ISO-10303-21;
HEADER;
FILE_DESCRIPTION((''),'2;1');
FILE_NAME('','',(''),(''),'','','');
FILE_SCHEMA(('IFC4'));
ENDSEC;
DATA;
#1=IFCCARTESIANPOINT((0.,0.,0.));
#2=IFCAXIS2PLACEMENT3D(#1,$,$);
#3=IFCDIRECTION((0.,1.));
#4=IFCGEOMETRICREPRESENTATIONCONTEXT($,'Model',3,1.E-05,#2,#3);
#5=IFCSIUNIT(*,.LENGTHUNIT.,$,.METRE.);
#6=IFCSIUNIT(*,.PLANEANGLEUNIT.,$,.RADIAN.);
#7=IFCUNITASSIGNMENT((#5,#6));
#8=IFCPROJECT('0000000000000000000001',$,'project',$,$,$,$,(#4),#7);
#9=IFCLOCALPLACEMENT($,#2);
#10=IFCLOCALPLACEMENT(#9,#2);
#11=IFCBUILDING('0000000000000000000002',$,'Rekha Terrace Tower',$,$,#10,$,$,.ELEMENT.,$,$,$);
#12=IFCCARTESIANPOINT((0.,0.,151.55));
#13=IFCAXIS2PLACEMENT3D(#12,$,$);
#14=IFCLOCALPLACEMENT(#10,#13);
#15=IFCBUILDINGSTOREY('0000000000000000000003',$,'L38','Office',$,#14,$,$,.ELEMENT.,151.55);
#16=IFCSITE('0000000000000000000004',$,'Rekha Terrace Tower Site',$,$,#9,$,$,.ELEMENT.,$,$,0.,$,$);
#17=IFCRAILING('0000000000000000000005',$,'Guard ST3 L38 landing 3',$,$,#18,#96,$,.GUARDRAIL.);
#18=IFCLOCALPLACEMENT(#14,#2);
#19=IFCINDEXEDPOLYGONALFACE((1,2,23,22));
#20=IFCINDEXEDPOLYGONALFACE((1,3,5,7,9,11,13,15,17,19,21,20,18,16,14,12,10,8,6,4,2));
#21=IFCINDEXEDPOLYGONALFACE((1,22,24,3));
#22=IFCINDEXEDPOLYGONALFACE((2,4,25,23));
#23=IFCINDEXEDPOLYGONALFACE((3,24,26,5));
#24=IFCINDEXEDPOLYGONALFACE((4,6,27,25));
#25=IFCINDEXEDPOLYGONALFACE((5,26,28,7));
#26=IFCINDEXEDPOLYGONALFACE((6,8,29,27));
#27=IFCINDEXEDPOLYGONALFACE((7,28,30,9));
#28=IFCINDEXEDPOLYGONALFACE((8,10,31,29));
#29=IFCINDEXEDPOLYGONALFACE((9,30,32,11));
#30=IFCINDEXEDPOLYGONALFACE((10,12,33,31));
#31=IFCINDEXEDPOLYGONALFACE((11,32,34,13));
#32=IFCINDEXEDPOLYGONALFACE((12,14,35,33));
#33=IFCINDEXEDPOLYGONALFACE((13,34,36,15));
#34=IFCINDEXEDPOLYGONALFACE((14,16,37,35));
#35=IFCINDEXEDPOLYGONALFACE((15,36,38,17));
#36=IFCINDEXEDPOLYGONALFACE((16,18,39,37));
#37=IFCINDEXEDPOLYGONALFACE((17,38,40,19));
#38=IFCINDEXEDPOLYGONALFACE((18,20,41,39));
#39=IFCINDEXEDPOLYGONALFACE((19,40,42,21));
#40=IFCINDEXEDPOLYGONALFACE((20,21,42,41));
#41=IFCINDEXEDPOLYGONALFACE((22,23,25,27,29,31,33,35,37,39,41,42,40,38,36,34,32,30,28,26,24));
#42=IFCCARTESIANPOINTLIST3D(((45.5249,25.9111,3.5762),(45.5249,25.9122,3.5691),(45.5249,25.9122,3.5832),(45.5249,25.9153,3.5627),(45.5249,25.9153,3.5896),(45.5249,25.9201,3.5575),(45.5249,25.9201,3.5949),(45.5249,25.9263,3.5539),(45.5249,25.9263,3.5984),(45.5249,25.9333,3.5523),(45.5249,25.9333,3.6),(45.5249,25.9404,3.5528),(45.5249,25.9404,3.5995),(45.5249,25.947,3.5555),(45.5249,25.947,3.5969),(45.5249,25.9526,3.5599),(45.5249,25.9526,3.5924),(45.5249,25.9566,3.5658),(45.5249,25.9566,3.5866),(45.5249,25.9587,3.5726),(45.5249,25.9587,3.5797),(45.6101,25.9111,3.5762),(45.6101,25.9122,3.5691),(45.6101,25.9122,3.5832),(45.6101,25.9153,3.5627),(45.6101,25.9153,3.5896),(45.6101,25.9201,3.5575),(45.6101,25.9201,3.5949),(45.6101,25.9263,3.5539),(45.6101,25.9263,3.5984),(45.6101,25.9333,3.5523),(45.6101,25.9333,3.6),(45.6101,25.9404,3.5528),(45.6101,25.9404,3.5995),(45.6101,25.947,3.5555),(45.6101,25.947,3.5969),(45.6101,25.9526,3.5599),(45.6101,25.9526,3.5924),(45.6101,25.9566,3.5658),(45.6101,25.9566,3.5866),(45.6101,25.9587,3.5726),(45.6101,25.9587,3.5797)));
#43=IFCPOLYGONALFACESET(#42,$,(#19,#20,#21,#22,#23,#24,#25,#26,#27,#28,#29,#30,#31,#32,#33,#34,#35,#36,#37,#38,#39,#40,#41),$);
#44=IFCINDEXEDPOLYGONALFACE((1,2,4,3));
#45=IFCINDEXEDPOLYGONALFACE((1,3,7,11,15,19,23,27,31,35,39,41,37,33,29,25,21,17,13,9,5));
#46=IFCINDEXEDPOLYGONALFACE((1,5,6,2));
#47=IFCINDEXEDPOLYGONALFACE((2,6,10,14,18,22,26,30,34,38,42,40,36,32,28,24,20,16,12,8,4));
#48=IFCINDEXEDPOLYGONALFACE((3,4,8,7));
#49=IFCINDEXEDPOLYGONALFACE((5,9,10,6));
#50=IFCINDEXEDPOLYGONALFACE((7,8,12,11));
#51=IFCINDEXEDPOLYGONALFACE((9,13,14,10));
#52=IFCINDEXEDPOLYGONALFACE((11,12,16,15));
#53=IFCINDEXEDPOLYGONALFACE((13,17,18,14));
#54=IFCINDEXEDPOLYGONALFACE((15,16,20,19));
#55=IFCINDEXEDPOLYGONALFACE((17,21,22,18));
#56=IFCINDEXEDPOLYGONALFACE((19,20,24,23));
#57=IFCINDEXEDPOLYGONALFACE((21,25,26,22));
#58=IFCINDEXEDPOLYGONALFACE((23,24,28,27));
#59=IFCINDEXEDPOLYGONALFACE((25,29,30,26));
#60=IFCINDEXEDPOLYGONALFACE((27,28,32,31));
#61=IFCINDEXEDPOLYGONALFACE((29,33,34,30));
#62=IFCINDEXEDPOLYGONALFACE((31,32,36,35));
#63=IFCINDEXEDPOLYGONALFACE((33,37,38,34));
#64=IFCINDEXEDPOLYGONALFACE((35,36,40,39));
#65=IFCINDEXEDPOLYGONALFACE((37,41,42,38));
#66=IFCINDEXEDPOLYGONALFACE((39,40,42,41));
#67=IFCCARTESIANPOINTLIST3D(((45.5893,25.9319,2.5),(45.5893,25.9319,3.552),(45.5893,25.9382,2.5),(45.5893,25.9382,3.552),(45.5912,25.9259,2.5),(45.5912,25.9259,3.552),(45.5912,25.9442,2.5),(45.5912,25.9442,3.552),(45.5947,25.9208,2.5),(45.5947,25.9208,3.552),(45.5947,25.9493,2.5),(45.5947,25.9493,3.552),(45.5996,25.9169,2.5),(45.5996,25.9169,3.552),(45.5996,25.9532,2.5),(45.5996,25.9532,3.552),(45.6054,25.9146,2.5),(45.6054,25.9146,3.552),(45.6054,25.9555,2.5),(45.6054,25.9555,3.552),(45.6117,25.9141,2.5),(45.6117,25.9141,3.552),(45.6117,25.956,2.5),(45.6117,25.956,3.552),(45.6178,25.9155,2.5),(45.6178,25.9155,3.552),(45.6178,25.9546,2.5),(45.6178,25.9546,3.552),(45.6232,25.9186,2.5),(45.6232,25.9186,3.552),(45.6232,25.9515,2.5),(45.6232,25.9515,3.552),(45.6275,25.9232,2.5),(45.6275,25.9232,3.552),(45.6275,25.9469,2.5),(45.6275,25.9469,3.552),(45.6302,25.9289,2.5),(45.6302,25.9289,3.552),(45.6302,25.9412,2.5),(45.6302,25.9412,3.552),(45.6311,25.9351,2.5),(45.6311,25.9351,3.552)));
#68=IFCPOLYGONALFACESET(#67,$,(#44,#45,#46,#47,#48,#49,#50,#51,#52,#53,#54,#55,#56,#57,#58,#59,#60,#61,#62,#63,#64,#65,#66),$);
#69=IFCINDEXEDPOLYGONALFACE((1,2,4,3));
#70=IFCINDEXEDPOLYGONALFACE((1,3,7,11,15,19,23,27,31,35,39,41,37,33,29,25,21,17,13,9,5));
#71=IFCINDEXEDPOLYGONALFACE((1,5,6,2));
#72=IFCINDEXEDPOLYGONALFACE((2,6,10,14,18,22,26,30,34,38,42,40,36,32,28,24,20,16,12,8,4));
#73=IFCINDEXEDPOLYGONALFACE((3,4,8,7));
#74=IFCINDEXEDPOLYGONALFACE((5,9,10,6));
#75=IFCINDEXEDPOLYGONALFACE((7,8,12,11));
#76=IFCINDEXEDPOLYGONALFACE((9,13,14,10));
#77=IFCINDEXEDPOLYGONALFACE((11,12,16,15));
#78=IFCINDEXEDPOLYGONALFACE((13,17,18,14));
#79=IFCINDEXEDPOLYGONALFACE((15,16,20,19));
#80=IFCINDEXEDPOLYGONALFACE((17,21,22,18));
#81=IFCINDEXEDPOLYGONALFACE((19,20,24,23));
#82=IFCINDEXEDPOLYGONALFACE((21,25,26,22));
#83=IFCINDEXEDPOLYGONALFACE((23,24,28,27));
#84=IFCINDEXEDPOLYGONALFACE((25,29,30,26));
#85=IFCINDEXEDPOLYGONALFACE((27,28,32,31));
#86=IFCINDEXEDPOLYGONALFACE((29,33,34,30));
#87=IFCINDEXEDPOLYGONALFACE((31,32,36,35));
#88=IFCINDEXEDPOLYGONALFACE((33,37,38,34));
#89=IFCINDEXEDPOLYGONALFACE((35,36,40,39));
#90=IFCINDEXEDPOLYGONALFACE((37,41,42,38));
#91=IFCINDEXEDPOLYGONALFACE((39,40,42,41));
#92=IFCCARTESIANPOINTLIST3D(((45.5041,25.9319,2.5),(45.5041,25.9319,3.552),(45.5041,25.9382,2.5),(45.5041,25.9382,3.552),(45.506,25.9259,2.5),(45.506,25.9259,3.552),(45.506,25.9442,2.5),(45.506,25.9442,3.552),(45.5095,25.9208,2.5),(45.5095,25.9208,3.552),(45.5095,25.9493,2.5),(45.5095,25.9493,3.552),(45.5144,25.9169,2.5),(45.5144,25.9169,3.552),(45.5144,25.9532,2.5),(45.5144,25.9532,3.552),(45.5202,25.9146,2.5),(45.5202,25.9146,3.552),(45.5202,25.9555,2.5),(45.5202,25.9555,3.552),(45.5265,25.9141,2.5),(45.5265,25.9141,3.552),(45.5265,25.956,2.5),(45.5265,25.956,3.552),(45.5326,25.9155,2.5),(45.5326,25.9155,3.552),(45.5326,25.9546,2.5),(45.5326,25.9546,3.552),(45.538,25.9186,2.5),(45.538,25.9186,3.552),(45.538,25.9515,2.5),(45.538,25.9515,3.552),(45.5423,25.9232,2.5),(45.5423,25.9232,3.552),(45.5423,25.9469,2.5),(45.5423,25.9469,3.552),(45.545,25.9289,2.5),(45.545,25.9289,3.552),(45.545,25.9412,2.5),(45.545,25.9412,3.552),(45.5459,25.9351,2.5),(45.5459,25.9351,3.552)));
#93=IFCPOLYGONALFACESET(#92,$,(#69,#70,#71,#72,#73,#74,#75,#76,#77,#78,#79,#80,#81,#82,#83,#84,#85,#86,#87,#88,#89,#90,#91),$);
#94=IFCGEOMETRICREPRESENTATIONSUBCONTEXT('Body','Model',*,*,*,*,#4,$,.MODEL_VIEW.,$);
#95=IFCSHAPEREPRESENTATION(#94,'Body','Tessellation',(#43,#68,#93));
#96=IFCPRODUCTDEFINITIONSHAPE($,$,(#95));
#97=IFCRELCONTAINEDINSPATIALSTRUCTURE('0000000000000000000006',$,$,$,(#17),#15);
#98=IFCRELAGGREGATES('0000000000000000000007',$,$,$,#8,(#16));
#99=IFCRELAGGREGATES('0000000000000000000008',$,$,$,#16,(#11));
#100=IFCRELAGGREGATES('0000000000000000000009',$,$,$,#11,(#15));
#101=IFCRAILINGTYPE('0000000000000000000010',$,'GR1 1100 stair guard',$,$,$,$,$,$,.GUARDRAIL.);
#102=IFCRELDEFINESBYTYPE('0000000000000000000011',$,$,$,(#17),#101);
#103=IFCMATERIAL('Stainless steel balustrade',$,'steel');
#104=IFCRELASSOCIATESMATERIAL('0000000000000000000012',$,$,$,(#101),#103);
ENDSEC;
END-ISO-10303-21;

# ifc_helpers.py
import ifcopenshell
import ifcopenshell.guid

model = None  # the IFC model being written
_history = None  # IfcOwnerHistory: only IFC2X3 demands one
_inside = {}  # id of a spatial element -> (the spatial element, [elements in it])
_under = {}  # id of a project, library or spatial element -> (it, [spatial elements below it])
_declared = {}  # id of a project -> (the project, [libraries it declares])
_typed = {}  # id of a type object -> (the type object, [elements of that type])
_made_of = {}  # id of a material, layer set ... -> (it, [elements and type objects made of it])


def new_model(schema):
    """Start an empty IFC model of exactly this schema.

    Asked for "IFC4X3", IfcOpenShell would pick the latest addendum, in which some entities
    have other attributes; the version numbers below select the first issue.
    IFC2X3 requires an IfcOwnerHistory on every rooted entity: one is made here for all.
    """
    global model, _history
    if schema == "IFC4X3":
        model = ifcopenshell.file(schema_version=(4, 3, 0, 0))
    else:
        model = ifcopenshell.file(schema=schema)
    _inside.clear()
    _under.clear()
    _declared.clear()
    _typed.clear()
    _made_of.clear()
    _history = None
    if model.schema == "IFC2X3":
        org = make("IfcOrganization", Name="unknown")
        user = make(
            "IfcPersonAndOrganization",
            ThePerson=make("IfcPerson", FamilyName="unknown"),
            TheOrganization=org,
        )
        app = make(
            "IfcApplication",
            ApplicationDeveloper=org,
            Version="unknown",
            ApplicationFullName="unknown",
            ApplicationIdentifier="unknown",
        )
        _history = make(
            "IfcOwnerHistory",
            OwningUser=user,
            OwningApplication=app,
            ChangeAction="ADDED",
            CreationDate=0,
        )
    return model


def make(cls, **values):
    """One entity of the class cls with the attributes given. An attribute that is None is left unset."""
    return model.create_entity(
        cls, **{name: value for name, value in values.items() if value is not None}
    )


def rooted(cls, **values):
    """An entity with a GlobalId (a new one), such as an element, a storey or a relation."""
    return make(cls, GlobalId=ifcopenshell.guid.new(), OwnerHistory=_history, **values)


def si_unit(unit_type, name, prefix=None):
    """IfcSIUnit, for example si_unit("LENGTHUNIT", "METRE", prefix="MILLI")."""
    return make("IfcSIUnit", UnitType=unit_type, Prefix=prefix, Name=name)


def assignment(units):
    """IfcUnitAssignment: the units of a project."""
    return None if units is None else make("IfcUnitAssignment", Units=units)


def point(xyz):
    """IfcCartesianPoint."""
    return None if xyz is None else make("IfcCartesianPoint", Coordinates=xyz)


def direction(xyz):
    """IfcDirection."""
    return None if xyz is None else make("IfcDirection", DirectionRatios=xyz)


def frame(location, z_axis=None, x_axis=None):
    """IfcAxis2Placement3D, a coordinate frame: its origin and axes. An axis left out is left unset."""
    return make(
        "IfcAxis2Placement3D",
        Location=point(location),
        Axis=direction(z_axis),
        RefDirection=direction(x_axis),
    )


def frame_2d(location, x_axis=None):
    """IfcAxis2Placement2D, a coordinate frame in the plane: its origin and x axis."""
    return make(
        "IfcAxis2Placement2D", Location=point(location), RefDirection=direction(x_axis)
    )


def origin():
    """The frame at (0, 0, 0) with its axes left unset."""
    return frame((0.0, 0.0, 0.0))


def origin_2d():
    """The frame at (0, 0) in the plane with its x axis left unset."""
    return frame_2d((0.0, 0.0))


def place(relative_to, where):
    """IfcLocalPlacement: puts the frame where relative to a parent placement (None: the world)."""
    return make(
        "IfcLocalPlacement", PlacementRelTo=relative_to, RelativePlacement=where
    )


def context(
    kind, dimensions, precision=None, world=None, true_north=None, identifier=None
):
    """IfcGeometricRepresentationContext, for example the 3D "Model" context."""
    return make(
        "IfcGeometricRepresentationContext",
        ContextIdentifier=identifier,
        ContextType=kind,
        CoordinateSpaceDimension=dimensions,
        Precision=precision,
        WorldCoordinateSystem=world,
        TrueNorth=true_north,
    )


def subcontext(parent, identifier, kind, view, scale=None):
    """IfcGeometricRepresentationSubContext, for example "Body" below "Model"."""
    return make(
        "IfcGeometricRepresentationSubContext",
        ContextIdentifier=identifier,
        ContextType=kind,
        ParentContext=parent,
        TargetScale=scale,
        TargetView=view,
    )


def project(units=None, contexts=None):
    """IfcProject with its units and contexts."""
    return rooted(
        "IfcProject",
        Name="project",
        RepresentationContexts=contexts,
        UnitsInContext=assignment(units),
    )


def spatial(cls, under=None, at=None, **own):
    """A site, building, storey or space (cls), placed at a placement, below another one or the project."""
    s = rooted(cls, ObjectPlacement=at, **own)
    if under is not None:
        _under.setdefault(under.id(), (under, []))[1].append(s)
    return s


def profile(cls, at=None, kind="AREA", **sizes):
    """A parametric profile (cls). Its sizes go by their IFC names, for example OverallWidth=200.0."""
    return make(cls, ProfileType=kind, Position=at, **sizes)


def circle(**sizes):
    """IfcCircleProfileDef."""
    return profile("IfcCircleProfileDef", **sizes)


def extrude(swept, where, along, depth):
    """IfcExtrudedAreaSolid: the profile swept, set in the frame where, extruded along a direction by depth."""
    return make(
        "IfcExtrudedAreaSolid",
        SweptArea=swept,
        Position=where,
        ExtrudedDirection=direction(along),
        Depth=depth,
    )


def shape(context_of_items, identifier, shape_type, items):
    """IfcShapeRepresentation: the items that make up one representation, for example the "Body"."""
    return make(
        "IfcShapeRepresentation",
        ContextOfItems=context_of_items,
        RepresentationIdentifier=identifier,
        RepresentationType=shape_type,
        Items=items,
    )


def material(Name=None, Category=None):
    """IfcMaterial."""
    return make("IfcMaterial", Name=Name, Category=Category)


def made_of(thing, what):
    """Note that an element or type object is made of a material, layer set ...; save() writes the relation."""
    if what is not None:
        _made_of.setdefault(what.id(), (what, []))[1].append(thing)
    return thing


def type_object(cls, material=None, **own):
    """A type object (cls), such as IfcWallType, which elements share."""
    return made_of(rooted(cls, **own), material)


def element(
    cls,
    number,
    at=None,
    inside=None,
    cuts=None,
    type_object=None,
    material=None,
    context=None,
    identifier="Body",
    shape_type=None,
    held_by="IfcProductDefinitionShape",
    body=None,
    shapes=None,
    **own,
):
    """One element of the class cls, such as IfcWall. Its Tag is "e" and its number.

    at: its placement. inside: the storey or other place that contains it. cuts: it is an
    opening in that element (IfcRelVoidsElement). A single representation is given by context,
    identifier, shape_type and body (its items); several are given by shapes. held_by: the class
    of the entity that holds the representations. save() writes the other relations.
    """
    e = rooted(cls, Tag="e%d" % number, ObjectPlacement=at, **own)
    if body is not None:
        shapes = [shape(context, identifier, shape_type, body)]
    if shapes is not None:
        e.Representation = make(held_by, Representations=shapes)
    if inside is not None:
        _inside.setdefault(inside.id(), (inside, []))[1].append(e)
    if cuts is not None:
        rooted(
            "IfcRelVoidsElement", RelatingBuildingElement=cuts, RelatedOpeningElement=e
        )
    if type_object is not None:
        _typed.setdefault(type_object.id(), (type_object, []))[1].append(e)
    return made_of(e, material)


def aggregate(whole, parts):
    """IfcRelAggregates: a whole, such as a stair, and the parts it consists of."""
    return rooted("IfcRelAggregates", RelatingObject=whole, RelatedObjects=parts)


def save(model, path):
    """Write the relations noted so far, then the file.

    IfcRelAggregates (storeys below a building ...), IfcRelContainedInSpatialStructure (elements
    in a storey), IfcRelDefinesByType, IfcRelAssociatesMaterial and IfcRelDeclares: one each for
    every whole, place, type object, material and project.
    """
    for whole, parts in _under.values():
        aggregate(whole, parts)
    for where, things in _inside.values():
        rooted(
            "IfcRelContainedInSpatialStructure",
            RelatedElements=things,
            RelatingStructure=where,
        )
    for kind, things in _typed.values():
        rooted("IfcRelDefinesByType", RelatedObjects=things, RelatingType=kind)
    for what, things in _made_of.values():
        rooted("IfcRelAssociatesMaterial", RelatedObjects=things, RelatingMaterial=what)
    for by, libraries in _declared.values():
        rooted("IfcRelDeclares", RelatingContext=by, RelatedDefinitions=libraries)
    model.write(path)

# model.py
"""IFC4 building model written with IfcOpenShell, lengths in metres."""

from ifc_helpers import new_model, si_unit, direction, frame, origin, origin_2d, place, context, subcontext, project, spatial, circle, extrude, material, type_object, element, save


model = new_model("IFC4")

# Units and contexts
model_context = context("Model", 3, precision=1e-05, world=origin(), true_north=direction((0.0, 1.0)))
body_context = subcontext(model_context, "Body", "Model", "MODEL_VIEW")
ifc_project = project(units=[si_unit("LENGTHUNIT", "METRE"), si_unit("PLANEANGLEUNIT", "RADIAN")], contexts=[model_context])

# Site, building, storey
site_placement = place(None, origin())
site = spatial("IfcSite", under=ifc_project, at=site_placement, Name="Rekha Terrace Tower Site", CompositionType="ELEMENT", RefElevation=0.0)
building_placement = place(site_placement, origin())
building = spatial("IfcBuilding", under=site, at=building_placement, Name="Rekha Terrace Tower", CompositionType="ELEMENT")
storey_placement = place(building_placement, frame((0.0, 0.0, 151.55)))
storey = spatial("IfcBuildingStorey", under=building, at=storey_placement, Name="L38", Description="Office", CompositionType="ELEMENT", Elevation=151.55)

# Railing
ifc_material_1 = material(Name="Stainless steel balustrade", Category="steel")
railing_type_1 = type_object("IfcRailingType", Name="GR1 1100 stair guard", PredefinedType="GUARDRAIL", material=ifc_material_1)
railing_1_placement = place(storey_placement, frame((45.6101, 25.9351, 2.5)))
element("IfcRailing", 1, at=railing_1_placement, inside=storey, type_object=railing_type_1, Name="Guard ST3 L38 landing 3", PredefinedType="GUARDRAIL", context=body_context, shape_type="SweptSolid", body=[
    extrude(circle(Radius=0.0239, at=origin_2d()), frame((0.0, 0.0, 1.0762), z_axis=(-1.0, 0.0, 0.0), x_axis=(0.0, -1.0, 0.0)), (0.0, 0.0, 1.0), 0.0852),
    extrude(circle(Radius=0.021, at=origin_2d()), origin(), (0.0, 0.0, 1.0), 1.052),
    extrude(circle(Radius=0.021, at=origin_2d()), frame((-0.0852, 0.0, 0.0)), (0.0, 0.0, 1.0), 1.052),
])

save(model, "model.ifc")
